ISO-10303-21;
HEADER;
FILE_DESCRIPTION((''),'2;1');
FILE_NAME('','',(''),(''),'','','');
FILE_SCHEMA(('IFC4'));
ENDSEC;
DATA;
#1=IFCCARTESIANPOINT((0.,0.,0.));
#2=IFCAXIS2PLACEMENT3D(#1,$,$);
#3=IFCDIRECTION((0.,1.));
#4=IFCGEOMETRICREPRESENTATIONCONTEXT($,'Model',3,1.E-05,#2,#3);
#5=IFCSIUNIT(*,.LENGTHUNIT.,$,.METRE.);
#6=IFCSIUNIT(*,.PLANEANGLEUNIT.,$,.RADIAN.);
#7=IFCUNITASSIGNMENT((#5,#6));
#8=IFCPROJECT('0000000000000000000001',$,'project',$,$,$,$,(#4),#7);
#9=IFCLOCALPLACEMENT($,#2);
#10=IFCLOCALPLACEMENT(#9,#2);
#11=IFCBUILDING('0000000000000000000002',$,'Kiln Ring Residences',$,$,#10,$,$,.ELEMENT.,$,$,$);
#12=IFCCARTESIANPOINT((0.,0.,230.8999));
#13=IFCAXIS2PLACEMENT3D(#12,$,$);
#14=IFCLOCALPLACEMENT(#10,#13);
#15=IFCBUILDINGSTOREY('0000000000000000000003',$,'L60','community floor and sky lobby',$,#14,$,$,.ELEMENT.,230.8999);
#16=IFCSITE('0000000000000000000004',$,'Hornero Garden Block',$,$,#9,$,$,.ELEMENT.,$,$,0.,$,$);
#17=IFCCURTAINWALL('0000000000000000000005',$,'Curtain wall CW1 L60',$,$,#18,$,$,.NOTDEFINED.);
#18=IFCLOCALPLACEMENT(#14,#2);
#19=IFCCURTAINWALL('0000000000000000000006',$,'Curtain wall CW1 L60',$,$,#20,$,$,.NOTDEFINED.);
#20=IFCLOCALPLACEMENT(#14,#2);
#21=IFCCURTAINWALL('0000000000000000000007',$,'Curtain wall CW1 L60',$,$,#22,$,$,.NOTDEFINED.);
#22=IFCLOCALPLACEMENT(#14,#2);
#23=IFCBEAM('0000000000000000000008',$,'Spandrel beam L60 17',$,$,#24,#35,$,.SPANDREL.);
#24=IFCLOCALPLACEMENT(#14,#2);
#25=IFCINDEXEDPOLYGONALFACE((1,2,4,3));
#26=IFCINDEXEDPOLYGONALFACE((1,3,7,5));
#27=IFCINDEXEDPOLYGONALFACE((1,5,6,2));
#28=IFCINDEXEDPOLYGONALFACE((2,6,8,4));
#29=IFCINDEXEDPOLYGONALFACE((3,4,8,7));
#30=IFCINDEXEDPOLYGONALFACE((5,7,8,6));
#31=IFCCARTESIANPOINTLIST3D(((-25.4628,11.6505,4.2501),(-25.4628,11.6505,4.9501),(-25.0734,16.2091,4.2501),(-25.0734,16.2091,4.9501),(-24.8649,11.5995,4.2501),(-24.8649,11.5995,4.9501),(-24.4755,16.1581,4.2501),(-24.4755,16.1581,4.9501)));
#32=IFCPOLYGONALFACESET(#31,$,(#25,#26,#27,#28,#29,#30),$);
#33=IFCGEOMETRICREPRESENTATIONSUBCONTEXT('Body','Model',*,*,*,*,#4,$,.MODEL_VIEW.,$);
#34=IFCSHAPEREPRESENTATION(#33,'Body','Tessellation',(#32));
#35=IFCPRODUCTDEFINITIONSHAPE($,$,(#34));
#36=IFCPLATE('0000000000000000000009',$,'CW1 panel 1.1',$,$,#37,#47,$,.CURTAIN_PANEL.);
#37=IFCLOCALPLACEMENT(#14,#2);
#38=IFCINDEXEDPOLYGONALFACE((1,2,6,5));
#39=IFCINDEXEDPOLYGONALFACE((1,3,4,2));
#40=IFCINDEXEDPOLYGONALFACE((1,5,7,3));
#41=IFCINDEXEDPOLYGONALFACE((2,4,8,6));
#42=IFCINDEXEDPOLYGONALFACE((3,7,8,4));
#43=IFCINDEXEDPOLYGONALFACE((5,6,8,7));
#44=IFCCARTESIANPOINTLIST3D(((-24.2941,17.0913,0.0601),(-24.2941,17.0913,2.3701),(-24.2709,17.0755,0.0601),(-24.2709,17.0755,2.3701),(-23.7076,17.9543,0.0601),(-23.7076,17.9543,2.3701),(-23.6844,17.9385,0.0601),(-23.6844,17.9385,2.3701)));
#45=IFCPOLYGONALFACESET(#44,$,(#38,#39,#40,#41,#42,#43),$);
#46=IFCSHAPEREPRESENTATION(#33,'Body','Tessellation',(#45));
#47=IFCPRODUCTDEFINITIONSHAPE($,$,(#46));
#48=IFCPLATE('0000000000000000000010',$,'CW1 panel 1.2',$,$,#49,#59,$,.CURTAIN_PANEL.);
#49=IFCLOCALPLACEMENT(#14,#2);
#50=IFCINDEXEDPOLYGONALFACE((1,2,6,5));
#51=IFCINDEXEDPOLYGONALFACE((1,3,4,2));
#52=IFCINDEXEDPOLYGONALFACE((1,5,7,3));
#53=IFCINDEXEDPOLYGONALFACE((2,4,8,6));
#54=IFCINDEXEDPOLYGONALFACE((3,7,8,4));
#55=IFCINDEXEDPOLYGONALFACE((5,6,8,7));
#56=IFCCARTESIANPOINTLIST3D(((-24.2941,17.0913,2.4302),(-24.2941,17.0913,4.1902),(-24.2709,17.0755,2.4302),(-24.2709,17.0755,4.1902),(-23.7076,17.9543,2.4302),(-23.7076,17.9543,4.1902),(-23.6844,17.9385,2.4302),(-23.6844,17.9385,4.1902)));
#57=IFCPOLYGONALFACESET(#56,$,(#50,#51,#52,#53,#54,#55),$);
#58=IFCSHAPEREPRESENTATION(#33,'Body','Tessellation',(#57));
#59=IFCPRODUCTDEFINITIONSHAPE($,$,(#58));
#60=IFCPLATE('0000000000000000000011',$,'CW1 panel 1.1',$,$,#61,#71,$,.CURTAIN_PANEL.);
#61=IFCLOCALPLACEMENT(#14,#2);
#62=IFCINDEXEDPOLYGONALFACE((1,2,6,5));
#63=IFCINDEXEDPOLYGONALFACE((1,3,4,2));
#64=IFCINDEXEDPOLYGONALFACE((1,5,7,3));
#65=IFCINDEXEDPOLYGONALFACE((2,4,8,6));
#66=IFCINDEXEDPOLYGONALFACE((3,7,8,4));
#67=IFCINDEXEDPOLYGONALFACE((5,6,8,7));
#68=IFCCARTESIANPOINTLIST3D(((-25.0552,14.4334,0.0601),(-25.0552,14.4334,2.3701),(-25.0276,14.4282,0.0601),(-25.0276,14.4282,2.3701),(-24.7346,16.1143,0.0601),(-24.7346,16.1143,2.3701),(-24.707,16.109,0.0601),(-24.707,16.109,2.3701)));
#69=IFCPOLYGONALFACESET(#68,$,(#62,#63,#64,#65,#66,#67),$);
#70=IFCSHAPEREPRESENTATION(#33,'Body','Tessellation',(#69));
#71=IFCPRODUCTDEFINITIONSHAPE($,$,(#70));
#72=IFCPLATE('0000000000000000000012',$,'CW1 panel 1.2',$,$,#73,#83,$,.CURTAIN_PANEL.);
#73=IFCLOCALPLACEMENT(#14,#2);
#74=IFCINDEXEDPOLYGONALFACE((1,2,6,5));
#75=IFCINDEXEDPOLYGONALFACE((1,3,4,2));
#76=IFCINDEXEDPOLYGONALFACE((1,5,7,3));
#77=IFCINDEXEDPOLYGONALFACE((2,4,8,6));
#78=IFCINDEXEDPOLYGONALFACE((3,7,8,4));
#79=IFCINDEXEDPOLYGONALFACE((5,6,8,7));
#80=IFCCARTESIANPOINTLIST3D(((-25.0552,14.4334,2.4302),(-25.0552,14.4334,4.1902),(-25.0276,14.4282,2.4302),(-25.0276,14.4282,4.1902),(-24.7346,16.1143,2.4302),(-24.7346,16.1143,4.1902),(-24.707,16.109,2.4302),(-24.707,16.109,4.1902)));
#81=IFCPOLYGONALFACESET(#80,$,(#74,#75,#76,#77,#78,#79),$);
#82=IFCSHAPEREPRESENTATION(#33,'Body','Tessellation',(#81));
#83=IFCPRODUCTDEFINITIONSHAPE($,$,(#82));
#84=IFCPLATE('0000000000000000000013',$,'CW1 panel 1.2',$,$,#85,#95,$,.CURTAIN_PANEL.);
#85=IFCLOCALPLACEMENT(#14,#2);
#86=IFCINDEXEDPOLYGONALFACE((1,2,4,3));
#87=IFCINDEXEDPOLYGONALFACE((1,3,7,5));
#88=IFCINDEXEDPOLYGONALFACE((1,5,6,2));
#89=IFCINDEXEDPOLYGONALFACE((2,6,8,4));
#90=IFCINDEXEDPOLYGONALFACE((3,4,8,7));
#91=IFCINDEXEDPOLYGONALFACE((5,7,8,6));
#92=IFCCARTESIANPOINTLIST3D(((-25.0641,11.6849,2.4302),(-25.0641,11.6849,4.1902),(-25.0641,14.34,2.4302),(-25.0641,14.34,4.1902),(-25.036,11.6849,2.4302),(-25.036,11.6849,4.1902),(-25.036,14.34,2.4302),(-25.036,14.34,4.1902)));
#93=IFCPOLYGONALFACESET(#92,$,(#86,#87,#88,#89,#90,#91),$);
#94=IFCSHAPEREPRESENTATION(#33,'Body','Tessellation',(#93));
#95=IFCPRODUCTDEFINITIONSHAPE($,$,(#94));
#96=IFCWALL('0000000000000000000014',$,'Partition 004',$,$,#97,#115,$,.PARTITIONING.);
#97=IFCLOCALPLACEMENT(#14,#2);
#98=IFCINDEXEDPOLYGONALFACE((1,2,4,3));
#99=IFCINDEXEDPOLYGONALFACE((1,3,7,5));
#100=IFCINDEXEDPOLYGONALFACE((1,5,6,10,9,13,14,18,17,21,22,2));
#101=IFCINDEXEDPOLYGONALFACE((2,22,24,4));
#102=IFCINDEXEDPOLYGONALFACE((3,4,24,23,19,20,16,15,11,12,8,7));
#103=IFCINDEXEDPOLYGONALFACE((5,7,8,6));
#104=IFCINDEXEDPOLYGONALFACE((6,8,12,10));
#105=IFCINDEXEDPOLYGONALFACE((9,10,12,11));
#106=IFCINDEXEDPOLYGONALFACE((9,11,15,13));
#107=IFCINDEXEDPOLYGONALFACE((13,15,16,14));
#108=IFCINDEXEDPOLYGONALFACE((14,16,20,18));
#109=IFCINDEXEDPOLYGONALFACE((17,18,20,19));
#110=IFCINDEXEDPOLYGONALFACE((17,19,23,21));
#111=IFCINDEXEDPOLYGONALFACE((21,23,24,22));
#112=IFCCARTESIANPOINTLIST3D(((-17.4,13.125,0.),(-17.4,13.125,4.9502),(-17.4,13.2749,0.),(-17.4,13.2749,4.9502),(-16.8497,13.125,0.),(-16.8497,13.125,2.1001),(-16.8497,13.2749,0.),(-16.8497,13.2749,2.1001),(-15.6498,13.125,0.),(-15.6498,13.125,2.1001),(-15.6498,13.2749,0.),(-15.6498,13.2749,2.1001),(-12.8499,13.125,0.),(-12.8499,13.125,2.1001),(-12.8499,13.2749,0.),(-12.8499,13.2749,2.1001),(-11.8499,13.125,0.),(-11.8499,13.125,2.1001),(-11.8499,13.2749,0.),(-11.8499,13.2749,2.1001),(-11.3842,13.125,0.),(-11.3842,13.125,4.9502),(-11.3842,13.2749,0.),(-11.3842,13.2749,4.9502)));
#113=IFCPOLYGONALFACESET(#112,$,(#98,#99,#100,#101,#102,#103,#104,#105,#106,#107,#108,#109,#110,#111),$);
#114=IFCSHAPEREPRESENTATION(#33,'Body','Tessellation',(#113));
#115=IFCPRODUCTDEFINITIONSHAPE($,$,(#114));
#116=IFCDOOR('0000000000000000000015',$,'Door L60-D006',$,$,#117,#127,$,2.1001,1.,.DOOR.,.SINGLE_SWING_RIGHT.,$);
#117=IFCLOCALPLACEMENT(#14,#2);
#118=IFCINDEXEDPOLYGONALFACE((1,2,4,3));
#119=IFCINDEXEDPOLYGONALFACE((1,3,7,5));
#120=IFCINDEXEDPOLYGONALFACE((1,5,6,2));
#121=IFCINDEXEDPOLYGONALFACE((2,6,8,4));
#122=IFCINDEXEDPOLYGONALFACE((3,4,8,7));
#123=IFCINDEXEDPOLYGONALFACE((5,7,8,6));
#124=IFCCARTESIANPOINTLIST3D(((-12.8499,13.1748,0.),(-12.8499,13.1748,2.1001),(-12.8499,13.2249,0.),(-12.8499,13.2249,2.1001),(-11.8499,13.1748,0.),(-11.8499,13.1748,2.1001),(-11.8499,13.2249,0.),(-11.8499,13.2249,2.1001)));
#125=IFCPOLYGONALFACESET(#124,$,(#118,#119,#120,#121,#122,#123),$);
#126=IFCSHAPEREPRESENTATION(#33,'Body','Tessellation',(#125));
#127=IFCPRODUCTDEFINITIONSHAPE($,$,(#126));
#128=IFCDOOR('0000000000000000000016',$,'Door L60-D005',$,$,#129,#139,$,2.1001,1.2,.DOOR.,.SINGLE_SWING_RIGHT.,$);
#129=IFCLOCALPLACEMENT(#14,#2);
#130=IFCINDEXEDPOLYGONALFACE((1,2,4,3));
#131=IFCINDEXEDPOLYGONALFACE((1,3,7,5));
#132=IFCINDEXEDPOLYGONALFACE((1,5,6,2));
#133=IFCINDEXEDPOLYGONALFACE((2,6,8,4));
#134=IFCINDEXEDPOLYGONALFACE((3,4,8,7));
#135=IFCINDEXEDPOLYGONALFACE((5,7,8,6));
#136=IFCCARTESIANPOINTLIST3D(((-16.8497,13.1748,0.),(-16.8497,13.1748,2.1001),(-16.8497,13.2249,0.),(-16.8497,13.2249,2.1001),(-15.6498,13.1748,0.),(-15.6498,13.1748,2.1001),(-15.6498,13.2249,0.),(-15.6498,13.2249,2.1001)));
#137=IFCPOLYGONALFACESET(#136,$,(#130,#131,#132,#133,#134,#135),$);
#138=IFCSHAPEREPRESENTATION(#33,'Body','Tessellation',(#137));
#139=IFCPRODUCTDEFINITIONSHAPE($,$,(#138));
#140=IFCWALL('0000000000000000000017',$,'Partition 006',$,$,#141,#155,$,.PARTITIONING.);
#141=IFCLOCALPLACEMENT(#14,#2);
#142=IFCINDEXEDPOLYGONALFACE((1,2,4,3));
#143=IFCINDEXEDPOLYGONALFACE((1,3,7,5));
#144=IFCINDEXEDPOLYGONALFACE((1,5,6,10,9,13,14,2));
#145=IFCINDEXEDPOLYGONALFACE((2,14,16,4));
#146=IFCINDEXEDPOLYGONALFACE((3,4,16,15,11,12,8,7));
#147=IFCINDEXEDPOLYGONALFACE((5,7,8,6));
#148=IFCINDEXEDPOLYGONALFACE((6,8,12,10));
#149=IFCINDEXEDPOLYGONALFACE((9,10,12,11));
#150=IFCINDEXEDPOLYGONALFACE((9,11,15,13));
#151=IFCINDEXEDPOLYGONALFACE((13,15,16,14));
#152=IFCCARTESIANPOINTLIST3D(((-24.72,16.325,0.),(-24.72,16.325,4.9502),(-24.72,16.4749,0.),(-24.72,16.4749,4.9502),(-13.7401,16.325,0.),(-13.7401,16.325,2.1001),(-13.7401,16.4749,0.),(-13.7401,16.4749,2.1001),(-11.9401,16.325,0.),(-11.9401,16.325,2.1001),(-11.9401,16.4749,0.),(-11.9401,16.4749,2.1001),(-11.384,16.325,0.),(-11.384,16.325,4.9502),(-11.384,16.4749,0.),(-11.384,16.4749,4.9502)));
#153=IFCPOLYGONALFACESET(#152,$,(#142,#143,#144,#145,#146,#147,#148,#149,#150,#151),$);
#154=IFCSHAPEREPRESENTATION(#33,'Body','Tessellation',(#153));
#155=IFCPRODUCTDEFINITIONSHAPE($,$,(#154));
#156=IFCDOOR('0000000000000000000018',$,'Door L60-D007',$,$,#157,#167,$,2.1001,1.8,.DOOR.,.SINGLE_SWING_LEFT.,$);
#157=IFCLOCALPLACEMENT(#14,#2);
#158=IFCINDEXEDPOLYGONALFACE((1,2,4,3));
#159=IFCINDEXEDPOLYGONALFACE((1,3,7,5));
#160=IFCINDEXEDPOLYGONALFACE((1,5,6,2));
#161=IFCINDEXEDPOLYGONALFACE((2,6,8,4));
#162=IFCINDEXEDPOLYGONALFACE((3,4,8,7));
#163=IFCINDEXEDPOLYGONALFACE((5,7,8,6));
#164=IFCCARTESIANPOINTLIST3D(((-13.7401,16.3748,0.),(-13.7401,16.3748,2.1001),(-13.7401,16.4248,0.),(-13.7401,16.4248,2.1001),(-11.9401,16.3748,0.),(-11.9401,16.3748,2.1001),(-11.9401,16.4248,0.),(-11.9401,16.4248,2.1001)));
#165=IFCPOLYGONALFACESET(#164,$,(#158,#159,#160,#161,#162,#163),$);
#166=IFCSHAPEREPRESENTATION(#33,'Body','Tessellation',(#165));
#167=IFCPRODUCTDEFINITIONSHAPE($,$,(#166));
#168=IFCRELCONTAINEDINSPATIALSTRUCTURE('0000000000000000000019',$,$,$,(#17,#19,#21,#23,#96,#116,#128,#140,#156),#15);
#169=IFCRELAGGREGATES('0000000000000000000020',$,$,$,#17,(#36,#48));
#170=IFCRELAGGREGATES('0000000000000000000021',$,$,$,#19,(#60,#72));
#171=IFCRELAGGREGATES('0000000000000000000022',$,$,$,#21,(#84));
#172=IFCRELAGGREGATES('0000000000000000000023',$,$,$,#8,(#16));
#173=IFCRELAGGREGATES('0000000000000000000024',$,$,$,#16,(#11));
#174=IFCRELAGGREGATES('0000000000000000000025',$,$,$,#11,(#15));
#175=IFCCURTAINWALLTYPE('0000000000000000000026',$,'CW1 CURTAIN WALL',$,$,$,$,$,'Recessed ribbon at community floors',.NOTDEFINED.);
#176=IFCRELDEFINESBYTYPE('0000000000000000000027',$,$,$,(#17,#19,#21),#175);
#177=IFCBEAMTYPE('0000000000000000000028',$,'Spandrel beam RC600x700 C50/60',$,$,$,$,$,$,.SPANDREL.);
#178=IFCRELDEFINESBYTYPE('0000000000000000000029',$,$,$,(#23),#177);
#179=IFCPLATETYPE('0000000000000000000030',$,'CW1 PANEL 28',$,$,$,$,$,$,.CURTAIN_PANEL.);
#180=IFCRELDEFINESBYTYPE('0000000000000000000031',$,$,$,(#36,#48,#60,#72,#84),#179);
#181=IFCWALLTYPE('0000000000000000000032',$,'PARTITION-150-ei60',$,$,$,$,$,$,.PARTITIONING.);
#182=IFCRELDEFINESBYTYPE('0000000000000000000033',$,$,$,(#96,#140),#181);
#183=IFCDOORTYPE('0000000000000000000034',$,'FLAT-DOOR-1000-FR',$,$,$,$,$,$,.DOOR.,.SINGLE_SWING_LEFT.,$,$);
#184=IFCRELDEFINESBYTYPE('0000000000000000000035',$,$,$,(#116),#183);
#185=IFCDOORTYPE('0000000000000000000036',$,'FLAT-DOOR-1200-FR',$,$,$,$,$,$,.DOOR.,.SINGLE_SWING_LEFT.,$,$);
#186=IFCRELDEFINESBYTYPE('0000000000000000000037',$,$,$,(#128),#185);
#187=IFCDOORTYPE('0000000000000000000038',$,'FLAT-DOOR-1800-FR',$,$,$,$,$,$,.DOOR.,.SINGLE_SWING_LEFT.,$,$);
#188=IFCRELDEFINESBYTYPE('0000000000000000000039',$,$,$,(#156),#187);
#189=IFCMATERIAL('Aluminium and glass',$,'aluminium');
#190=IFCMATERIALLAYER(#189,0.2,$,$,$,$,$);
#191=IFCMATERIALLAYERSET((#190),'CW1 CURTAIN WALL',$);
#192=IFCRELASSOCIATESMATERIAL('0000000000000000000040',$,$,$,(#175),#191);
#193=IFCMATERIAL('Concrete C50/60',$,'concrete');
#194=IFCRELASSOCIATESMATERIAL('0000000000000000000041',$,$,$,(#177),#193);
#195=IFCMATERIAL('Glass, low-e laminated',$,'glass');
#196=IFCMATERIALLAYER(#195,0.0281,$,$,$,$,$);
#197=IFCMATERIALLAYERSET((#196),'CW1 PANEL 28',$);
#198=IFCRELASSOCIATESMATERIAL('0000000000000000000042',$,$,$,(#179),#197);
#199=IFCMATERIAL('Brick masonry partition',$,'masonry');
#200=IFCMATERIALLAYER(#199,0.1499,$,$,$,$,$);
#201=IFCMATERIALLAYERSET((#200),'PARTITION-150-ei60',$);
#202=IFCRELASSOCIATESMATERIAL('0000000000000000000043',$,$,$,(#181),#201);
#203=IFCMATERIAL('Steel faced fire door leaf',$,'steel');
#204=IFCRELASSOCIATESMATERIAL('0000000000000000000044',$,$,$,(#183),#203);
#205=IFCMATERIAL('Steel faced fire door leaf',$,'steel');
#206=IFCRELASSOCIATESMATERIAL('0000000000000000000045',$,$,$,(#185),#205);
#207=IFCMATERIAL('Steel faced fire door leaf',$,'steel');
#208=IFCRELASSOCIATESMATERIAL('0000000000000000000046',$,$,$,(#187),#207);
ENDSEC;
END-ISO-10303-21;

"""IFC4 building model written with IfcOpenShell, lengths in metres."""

from ifc_helpers import new_model, si_unit, direction, frame, frame_2d, origin, origin_2d, place, context, subcontext, project, spatial, rectangle, extrude, material, layer, layer_set, material_profile, profile_set, type_object, element, fill, aggregate, save


model = new_model("IFC4")

# Units and contexts
model_context = context("Model", 3, precision=1e-05, world=origin(), true_north=direction((0.0, 1.0)))
body_context = subcontext(model_context, "Body", "Model", "MODEL_VIEW")
ifc_project = project(units=[si_unit("LENGTHUNIT", "METRE"), si_unit("PLANEANGLEUNIT", "RADIAN")], contexts=[model_context])

# Site, building, storey
site_placement = place(None, origin())
site = spatial("IfcSite", under=ifc_project, at=site_placement, Name="Hornero Garden Block", CompositionType="ELEMENT", RefElevation=0.0)
building_placement = place(site_placement, origin())
building = spatial("IfcBuilding", under=site, at=building_placement, Name="Kiln Ring Residences", CompositionType="ELEMENT")
storey_placement = place(building_placement, frame((0.0, 0.0, 230.8999)))
storey = spatial("IfcBuildingStorey", under=building, at=storey_placement, Name="L60", Description="community floor and sky lobby", CompositionType="ELEMENT", Elevation=230.8999)

# Curtain wall
ifc_material_1 = material(Name="Aluminium and glass", Category="aluminium")
ifc_layer_1 = layer(ifc_material_1, 0.2)
ifc_layer_set_1 = layer_set([ifc_layer_1], Name="CW1 CURTAIN WALL")
curtain_wall_type = type_object("IfcCurtainWallType", Name="CW1 CURTAIN WALL", ElementType="Recessed ribbon at community floors", PredefinedType="NOTDEFINED", material=ifc_layer_set_1)
placement = place(storey_placement, origin())
curtain_wall_1 = element("IfcCurtainWall", 1, at=placement, inside=storey, type_object=curtain_wall_type, Name="Curtain wall CW1 L60", PredefinedType="NOTDEFINED")

# Curtain wall
curtain_wall_2 = element("IfcCurtainWall", 2, at=placement, inside=storey, type_object=curtain_wall_type, Name="Curtain wall CW1 L60", PredefinedType="NOTDEFINED")

# Curtain wall
curtain_wall_3 = element("IfcCurtainWall", 3, at=placement, inside=storey, type_object=curtain_wall_type, Name="Curtain wall CW1 L60", PredefinedType="NOTDEFINED")

# Beam
ifc_material_2 = material(Name="Concrete C50/60", Category="concrete")
ifc_material_profile_1 = material_profile(ifc_material_2, rectangle(XDim=0.6001, YDim=0.7, at=origin_2d()), Name="RC600x700")
ifc_profile_set_1 = profile_set([ifc_material_profile_1], Name="Concrete C50/60")
beam_type = type_object("IfcBeamType", Name="Spandrel beam RC600x700 C50/60", PredefinedType="SPANDREL", material=ifc_profile_set_1)
beam_placement = place(storey_placement, frame((-24.7744, 16.1836, 4.6001), z_axis=(-0.085112, -0.996371, 0.0), x_axis=(0.996371, -0.085112, 0.0)))
element("IfcBeam", 4, at=beam_placement, inside=storey, type_object=beam_type, Name="Spandrel beam L60 17", PredefinedType="SPANDREL", context=body_context, shape_type="SweptSolid", body=[
    extrude(rectangle(XDim=0.6001, YDim=0.7, at=origin_2d()), origin(), (0.0, 0.0, 1.0), 4.5752),
])

# Plates
ifc_material_3 = material(Name="Glass, low-e laminated", Category="glass")
ifc_layer_2 = layer(ifc_material_3, 0.0281)
ifc_layer_set_2 = layer_set([ifc_layer_2], Name="CW1 PANEL 28")
plate_type = type_object("IfcPlateType", Name="CW1 PANEL 28", PredefinedType="CURTAIN_PANEL", material=ifc_layer_set_2)
plate_1_placement = place(storey_placement, frame((-23.9893, 17.5149, 0.0601), z_axis=(0.0, 0.0, 1.0), x_axis=(-0.562097, -0.827072, 0.0)))
plate_1 = element("IfcPlate", 5, at=plate_1_placement, type_object=plate_type, Name="CW1 panel 1.1", PredefinedType="CURTAIN_PANEL", context=body_context, shape_type="SweptSolid", body=[
    extrude(rectangle(XDim=1.0435, YDim=0.0281, at=origin_2d()), origin(), (0.0, 0.0, 1.0), 2.3101),
])
plate_2_placement = place(storey_placement, frame((-23.9893, 17.5149, 2.4302), z_axis=(0.0, 0.0, 1.0), x_axis=(-0.562097, -0.827072, 0.0)))
plate_2 = element("IfcPlate", 6, at=plate_2_placement, type_object=plate_type, Name="CW1 panel 1.2", PredefinedType="CURTAIN_PANEL", context=body_context, shape_type="SweptSolid", body=[
    extrude(rectangle(XDim=1.0435, YDim=0.0281, at=origin_2d()), origin(), (0.0, 0.0, 1.0), 1.76),
])
aggregate(curtain_wall_1, [plate_1, plate_2])
plate_3_placement = place(storey_placement, frame((-24.8811, 15.2712, 0.0601), z_axis=(0.0, 0.0, 1.0), x_axis=(-0.187366, -0.98229, 0.0)))
plate_3 = element("IfcPlate", 7, at=plate_3_placement, type_object=plate_type, Name="CW1 panel 1.1", PredefinedType="CURTAIN_PANEL", context=body_context, shape_type="SweptSolid", body=[
    extrude(rectangle(XDim=1.7112, YDim=0.0281, at=origin_2d()), origin(), (0.0, 0.0, 1.0), 2.3101),
])
plate_4_placement = place(storey_placement, frame((-24.8811, 15.2712, 2.4302), z_axis=(0.0, 0.0, 1.0), x_axis=(-0.187366, -0.98229, 0.0)))
plate_4 = element("IfcPlate", 8, at=plate_4_placement, type_object=plate_type, Name="CW1 panel 1.2", PredefinedType="CURTAIN_PANEL", context=body_context, shape_type="SweptSolid", body=[
    extrude(rectangle(XDim=1.7112, YDim=0.0281, at=origin_2d()), origin(), (0.0, 0.0, 1.0), 1.76),
])
aggregate(curtain_wall_2, [plate_3, plate_4])
plate_5_placement = place(storey_placement, frame((-25.05, 13.0125, 2.4302), z_axis=(0.0, 0.0, 1.0), x_axis=(0.0, -1.0, 0.0)))
plate_5 = element("IfcPlate", 9, at=plate_5_placement, type_object=plate_type, Name="CW1 panel 1.2", PredefinedType="CURTAIN_PANEL", context=body_context, shape_type="SweptSolid", body=[
    extrude(rectangle(XDim=2.655, YDim=0.0281, at=origin_2d()), origin(), (0.0, 0.0, 1.0), 1.76),
])
aggregate(curtain_wall_3, [plate_5])

# Wall, openings, doors
ifc_material_4 = material(Name="Brick masonry partition", Category="masonry")
ifc_layer_3 = layer(ifc_material_4, 0.1499)
ifc_layer_set_3 = layer_set([ifc_layer_3], Name="PARTITION-150-ei60")
wall_type = type_object("IfcWallType", Name="PARTITION-150-ei60", PredefinedType="PARTITIONING", material=ifc_layer_set_3)
wall_1_placement = place(storey_placement, frame((-17.3999, 13.2, 0.0), z_axis=(0.0, 0.0, 1.0), x_axis=(1.0, 0.0, 0.0)))
wall_1 = element("IfcWall", 10, at=wall_1_placement, inside=storey, type_object=wall_type, Name="Partition 004", PredefinedType="PARTITIONING", context=body_context, shape_type="SweptSolid", body=[
    extrude(rectangle(XDim=6.0159, YDim=0.1499, at=frame_2d((3.0078, 0.0))), origin(), (0.0, 0.0, 1.0), 4.9502),
])
opening_1_placement = place(wall_1_placement, frame((0.55, 0.0, 0.0)))
opening_1 = element("IfcOpeningElement", 11, at=opening_1_placement, cuts=wall_1, PredefinedType="OPENING", context=body_context, shape_type="SweptSolid", body=[
    extrude(rectangle(XDim=1.2, YDim=2.1001, at=frame_2d((0.6001, 1.05))), frame((0.0, 0.085, 0.0), z_axis=(0.0, -1.0, 0.0), x_axis=(1.0, 0.0, 0.0)), (0.0, 0.0, 1.0), 0.1699),
])
opening_2_placement = place(wall_1_placement, frame((4.55, 0.0, 0.0)))
opening_2 = element("IfcOpeningElement", 12, at=opening_2_placement, cuts=wall_1, PredefinedType="OPENING", context=body_context, shape_type="SweptSolid", body=[
    extrude(rectangle(XDim=1.0, YDim=2.1001, at=frame_2d((0.5, 1.05))), frame((0.0, 0.085, 0.0), z_axis=(0.0, -1.0, 0.0), x_axis=(1.0, 0.0, 0.0)), (0.0, 0.0, 1.0), 0.1699),
])
ifc_material_5 = material(Name="Steel faced fire door leaf", Category="steel")
door_type_1 = type_object("IfcDoorType", Name="FLAT-DOOR-1000-FR", OperationType="SINGLE_SWING_LEFT", PredefinedType="DOOR", material=ifc_material_5)
door_1_placement = place(opening_2_placement, origin())
door_1 = element("IfcDoor", 13, at=door_1_placement, inside=storey, type_object=door_type_1, Name="Door L60-D006", OperationType="SINGLE_SWING_RIGHT", OverallHeight=2.1001, OverallWidth=1.0, PredefinedType="DOOR", context=body_context, shape_type="SweptSolid", body=[
    extrude(rectangle(XDim=1.0, YDim=2.1001, at=frame_2d((0.5, 1.05))), frame((0.0, 0.0249, 0.0), z_axis=(0.0, -1.0, 0.0), x_axis=(1.0, 0.0, 0.0)), (0.0, 0.0, 1.0), 0.05),
])
fill(opening_2, door_1)
ifc_material_6 = material(Name="Steel faced fire door leaf", Category="steel")
door_type_2 = type_object("IfcDoorType", Name="FLAT-DOOR-1200-FR", OperationType="SINGLE_SWING_LEFT", PredefinedType="DOOR", material=ifc_material_6)
door_2_placement = place(opening_1_placement, origin())
door_2 = element("IfcDoor", 14, at=door_2_placement, inside=storey, type_object=door_type_2, Name="Door L60-D005", OperationType="SINGLE_SWING_RIGHT", OverallHeight=2.1001, OverallWidth=1.2, PredefinedType="DOOR", context=body_context, shape_type="SweptSolid", body=[
    extrude(rectangle(XDim=1.2, YDim=2.1001, at=frame_2d((0.6001, 1.05))), frame((0.0, 0.0249, 0.0), z_axis=(0.0, -1.0, 0.0), x_axis=(1.0, 0.0, 0.0)), (0.0, 0.0, 1.0), 0.05),
])
fill(opening_1, door_2)

# Wall, opening, door
wall_2_placement = place(storey_placement, frame((-24.72, 16.3999, 0.0), z_axis=(0.0, 0.0, 1.0), x_axis=(1.0, 0.0, 0.0)))
wall_2 = element("IfcWall", 15, at=wall_2_placement, inside=storey, type_object=wall_type, Name="Partition 006", PredefinedType="PARTITIONING", context=body_context, shape_type="SweptSolid", body=[
    extrude(rectangle(XDim=13.3359, YDim=0.1499, at=frame_2d((6.668, 0.0))), origin(), (0.0, 0.0, 1.0), 4.9502),
])
opening_3_placement = place(wall_2_placement, frame((10.98, 0.0, 0.0)))
opening_3 = element("IfcOpeningElement", 16, at=opening_3_placement, cuts=wall_2, PredefinedType="OPENING", context=body_context, shape_type="SweptSolid", body=[
    extrude(rectangle(XDim=1.8, YDim=2.1001, at=frame_2d((0.8999, 1.05))), frame((0.0, 0.085, 0.0), z_axis=(0.0, -1.0, 0.0), x_axis=(1.0, 0.0, 0.0)), (0.0, 0.0, 1.0), 0.1699),
])
ifc_material_7 = material(Name="Steel faced fire door leaf", Category="steel")
door_type_3 = type_object("IfcDoorType", Name="FLAT-DOOR-1800-FR", OperationType="SINGLE_SWING_LEFT", PredefinedType="DOOR", material=ifc_material_7)
door_3_placement = place(opening_3_placement, origin())
door_3 = element("IfcDoor", 17, at=door_3_placement, inside=storey, type_object=door_type_3, Name="Door L60-D007", OperationType="SINGLE_SWING_LEFT", OverallHeight=2.1001, OverallWidth=1.8, PredefinedType="DOOR", context=body_context, shape_type="SweptSolid", body=[
    extrude(rectangle(XDim=1.8, YDim=2.1001, at=frame_2d((0.8999, 1.05))), frame((0.0, 0.0249, 0.0), z_axis=(0.0, -1.0, 0.0), x_axis=(1.0, 0.0, 0.0)), (0.0, 0.0, 1.0), 0.05),
])
fill(opening_3, door_3)

save(model, "model.ifc")
